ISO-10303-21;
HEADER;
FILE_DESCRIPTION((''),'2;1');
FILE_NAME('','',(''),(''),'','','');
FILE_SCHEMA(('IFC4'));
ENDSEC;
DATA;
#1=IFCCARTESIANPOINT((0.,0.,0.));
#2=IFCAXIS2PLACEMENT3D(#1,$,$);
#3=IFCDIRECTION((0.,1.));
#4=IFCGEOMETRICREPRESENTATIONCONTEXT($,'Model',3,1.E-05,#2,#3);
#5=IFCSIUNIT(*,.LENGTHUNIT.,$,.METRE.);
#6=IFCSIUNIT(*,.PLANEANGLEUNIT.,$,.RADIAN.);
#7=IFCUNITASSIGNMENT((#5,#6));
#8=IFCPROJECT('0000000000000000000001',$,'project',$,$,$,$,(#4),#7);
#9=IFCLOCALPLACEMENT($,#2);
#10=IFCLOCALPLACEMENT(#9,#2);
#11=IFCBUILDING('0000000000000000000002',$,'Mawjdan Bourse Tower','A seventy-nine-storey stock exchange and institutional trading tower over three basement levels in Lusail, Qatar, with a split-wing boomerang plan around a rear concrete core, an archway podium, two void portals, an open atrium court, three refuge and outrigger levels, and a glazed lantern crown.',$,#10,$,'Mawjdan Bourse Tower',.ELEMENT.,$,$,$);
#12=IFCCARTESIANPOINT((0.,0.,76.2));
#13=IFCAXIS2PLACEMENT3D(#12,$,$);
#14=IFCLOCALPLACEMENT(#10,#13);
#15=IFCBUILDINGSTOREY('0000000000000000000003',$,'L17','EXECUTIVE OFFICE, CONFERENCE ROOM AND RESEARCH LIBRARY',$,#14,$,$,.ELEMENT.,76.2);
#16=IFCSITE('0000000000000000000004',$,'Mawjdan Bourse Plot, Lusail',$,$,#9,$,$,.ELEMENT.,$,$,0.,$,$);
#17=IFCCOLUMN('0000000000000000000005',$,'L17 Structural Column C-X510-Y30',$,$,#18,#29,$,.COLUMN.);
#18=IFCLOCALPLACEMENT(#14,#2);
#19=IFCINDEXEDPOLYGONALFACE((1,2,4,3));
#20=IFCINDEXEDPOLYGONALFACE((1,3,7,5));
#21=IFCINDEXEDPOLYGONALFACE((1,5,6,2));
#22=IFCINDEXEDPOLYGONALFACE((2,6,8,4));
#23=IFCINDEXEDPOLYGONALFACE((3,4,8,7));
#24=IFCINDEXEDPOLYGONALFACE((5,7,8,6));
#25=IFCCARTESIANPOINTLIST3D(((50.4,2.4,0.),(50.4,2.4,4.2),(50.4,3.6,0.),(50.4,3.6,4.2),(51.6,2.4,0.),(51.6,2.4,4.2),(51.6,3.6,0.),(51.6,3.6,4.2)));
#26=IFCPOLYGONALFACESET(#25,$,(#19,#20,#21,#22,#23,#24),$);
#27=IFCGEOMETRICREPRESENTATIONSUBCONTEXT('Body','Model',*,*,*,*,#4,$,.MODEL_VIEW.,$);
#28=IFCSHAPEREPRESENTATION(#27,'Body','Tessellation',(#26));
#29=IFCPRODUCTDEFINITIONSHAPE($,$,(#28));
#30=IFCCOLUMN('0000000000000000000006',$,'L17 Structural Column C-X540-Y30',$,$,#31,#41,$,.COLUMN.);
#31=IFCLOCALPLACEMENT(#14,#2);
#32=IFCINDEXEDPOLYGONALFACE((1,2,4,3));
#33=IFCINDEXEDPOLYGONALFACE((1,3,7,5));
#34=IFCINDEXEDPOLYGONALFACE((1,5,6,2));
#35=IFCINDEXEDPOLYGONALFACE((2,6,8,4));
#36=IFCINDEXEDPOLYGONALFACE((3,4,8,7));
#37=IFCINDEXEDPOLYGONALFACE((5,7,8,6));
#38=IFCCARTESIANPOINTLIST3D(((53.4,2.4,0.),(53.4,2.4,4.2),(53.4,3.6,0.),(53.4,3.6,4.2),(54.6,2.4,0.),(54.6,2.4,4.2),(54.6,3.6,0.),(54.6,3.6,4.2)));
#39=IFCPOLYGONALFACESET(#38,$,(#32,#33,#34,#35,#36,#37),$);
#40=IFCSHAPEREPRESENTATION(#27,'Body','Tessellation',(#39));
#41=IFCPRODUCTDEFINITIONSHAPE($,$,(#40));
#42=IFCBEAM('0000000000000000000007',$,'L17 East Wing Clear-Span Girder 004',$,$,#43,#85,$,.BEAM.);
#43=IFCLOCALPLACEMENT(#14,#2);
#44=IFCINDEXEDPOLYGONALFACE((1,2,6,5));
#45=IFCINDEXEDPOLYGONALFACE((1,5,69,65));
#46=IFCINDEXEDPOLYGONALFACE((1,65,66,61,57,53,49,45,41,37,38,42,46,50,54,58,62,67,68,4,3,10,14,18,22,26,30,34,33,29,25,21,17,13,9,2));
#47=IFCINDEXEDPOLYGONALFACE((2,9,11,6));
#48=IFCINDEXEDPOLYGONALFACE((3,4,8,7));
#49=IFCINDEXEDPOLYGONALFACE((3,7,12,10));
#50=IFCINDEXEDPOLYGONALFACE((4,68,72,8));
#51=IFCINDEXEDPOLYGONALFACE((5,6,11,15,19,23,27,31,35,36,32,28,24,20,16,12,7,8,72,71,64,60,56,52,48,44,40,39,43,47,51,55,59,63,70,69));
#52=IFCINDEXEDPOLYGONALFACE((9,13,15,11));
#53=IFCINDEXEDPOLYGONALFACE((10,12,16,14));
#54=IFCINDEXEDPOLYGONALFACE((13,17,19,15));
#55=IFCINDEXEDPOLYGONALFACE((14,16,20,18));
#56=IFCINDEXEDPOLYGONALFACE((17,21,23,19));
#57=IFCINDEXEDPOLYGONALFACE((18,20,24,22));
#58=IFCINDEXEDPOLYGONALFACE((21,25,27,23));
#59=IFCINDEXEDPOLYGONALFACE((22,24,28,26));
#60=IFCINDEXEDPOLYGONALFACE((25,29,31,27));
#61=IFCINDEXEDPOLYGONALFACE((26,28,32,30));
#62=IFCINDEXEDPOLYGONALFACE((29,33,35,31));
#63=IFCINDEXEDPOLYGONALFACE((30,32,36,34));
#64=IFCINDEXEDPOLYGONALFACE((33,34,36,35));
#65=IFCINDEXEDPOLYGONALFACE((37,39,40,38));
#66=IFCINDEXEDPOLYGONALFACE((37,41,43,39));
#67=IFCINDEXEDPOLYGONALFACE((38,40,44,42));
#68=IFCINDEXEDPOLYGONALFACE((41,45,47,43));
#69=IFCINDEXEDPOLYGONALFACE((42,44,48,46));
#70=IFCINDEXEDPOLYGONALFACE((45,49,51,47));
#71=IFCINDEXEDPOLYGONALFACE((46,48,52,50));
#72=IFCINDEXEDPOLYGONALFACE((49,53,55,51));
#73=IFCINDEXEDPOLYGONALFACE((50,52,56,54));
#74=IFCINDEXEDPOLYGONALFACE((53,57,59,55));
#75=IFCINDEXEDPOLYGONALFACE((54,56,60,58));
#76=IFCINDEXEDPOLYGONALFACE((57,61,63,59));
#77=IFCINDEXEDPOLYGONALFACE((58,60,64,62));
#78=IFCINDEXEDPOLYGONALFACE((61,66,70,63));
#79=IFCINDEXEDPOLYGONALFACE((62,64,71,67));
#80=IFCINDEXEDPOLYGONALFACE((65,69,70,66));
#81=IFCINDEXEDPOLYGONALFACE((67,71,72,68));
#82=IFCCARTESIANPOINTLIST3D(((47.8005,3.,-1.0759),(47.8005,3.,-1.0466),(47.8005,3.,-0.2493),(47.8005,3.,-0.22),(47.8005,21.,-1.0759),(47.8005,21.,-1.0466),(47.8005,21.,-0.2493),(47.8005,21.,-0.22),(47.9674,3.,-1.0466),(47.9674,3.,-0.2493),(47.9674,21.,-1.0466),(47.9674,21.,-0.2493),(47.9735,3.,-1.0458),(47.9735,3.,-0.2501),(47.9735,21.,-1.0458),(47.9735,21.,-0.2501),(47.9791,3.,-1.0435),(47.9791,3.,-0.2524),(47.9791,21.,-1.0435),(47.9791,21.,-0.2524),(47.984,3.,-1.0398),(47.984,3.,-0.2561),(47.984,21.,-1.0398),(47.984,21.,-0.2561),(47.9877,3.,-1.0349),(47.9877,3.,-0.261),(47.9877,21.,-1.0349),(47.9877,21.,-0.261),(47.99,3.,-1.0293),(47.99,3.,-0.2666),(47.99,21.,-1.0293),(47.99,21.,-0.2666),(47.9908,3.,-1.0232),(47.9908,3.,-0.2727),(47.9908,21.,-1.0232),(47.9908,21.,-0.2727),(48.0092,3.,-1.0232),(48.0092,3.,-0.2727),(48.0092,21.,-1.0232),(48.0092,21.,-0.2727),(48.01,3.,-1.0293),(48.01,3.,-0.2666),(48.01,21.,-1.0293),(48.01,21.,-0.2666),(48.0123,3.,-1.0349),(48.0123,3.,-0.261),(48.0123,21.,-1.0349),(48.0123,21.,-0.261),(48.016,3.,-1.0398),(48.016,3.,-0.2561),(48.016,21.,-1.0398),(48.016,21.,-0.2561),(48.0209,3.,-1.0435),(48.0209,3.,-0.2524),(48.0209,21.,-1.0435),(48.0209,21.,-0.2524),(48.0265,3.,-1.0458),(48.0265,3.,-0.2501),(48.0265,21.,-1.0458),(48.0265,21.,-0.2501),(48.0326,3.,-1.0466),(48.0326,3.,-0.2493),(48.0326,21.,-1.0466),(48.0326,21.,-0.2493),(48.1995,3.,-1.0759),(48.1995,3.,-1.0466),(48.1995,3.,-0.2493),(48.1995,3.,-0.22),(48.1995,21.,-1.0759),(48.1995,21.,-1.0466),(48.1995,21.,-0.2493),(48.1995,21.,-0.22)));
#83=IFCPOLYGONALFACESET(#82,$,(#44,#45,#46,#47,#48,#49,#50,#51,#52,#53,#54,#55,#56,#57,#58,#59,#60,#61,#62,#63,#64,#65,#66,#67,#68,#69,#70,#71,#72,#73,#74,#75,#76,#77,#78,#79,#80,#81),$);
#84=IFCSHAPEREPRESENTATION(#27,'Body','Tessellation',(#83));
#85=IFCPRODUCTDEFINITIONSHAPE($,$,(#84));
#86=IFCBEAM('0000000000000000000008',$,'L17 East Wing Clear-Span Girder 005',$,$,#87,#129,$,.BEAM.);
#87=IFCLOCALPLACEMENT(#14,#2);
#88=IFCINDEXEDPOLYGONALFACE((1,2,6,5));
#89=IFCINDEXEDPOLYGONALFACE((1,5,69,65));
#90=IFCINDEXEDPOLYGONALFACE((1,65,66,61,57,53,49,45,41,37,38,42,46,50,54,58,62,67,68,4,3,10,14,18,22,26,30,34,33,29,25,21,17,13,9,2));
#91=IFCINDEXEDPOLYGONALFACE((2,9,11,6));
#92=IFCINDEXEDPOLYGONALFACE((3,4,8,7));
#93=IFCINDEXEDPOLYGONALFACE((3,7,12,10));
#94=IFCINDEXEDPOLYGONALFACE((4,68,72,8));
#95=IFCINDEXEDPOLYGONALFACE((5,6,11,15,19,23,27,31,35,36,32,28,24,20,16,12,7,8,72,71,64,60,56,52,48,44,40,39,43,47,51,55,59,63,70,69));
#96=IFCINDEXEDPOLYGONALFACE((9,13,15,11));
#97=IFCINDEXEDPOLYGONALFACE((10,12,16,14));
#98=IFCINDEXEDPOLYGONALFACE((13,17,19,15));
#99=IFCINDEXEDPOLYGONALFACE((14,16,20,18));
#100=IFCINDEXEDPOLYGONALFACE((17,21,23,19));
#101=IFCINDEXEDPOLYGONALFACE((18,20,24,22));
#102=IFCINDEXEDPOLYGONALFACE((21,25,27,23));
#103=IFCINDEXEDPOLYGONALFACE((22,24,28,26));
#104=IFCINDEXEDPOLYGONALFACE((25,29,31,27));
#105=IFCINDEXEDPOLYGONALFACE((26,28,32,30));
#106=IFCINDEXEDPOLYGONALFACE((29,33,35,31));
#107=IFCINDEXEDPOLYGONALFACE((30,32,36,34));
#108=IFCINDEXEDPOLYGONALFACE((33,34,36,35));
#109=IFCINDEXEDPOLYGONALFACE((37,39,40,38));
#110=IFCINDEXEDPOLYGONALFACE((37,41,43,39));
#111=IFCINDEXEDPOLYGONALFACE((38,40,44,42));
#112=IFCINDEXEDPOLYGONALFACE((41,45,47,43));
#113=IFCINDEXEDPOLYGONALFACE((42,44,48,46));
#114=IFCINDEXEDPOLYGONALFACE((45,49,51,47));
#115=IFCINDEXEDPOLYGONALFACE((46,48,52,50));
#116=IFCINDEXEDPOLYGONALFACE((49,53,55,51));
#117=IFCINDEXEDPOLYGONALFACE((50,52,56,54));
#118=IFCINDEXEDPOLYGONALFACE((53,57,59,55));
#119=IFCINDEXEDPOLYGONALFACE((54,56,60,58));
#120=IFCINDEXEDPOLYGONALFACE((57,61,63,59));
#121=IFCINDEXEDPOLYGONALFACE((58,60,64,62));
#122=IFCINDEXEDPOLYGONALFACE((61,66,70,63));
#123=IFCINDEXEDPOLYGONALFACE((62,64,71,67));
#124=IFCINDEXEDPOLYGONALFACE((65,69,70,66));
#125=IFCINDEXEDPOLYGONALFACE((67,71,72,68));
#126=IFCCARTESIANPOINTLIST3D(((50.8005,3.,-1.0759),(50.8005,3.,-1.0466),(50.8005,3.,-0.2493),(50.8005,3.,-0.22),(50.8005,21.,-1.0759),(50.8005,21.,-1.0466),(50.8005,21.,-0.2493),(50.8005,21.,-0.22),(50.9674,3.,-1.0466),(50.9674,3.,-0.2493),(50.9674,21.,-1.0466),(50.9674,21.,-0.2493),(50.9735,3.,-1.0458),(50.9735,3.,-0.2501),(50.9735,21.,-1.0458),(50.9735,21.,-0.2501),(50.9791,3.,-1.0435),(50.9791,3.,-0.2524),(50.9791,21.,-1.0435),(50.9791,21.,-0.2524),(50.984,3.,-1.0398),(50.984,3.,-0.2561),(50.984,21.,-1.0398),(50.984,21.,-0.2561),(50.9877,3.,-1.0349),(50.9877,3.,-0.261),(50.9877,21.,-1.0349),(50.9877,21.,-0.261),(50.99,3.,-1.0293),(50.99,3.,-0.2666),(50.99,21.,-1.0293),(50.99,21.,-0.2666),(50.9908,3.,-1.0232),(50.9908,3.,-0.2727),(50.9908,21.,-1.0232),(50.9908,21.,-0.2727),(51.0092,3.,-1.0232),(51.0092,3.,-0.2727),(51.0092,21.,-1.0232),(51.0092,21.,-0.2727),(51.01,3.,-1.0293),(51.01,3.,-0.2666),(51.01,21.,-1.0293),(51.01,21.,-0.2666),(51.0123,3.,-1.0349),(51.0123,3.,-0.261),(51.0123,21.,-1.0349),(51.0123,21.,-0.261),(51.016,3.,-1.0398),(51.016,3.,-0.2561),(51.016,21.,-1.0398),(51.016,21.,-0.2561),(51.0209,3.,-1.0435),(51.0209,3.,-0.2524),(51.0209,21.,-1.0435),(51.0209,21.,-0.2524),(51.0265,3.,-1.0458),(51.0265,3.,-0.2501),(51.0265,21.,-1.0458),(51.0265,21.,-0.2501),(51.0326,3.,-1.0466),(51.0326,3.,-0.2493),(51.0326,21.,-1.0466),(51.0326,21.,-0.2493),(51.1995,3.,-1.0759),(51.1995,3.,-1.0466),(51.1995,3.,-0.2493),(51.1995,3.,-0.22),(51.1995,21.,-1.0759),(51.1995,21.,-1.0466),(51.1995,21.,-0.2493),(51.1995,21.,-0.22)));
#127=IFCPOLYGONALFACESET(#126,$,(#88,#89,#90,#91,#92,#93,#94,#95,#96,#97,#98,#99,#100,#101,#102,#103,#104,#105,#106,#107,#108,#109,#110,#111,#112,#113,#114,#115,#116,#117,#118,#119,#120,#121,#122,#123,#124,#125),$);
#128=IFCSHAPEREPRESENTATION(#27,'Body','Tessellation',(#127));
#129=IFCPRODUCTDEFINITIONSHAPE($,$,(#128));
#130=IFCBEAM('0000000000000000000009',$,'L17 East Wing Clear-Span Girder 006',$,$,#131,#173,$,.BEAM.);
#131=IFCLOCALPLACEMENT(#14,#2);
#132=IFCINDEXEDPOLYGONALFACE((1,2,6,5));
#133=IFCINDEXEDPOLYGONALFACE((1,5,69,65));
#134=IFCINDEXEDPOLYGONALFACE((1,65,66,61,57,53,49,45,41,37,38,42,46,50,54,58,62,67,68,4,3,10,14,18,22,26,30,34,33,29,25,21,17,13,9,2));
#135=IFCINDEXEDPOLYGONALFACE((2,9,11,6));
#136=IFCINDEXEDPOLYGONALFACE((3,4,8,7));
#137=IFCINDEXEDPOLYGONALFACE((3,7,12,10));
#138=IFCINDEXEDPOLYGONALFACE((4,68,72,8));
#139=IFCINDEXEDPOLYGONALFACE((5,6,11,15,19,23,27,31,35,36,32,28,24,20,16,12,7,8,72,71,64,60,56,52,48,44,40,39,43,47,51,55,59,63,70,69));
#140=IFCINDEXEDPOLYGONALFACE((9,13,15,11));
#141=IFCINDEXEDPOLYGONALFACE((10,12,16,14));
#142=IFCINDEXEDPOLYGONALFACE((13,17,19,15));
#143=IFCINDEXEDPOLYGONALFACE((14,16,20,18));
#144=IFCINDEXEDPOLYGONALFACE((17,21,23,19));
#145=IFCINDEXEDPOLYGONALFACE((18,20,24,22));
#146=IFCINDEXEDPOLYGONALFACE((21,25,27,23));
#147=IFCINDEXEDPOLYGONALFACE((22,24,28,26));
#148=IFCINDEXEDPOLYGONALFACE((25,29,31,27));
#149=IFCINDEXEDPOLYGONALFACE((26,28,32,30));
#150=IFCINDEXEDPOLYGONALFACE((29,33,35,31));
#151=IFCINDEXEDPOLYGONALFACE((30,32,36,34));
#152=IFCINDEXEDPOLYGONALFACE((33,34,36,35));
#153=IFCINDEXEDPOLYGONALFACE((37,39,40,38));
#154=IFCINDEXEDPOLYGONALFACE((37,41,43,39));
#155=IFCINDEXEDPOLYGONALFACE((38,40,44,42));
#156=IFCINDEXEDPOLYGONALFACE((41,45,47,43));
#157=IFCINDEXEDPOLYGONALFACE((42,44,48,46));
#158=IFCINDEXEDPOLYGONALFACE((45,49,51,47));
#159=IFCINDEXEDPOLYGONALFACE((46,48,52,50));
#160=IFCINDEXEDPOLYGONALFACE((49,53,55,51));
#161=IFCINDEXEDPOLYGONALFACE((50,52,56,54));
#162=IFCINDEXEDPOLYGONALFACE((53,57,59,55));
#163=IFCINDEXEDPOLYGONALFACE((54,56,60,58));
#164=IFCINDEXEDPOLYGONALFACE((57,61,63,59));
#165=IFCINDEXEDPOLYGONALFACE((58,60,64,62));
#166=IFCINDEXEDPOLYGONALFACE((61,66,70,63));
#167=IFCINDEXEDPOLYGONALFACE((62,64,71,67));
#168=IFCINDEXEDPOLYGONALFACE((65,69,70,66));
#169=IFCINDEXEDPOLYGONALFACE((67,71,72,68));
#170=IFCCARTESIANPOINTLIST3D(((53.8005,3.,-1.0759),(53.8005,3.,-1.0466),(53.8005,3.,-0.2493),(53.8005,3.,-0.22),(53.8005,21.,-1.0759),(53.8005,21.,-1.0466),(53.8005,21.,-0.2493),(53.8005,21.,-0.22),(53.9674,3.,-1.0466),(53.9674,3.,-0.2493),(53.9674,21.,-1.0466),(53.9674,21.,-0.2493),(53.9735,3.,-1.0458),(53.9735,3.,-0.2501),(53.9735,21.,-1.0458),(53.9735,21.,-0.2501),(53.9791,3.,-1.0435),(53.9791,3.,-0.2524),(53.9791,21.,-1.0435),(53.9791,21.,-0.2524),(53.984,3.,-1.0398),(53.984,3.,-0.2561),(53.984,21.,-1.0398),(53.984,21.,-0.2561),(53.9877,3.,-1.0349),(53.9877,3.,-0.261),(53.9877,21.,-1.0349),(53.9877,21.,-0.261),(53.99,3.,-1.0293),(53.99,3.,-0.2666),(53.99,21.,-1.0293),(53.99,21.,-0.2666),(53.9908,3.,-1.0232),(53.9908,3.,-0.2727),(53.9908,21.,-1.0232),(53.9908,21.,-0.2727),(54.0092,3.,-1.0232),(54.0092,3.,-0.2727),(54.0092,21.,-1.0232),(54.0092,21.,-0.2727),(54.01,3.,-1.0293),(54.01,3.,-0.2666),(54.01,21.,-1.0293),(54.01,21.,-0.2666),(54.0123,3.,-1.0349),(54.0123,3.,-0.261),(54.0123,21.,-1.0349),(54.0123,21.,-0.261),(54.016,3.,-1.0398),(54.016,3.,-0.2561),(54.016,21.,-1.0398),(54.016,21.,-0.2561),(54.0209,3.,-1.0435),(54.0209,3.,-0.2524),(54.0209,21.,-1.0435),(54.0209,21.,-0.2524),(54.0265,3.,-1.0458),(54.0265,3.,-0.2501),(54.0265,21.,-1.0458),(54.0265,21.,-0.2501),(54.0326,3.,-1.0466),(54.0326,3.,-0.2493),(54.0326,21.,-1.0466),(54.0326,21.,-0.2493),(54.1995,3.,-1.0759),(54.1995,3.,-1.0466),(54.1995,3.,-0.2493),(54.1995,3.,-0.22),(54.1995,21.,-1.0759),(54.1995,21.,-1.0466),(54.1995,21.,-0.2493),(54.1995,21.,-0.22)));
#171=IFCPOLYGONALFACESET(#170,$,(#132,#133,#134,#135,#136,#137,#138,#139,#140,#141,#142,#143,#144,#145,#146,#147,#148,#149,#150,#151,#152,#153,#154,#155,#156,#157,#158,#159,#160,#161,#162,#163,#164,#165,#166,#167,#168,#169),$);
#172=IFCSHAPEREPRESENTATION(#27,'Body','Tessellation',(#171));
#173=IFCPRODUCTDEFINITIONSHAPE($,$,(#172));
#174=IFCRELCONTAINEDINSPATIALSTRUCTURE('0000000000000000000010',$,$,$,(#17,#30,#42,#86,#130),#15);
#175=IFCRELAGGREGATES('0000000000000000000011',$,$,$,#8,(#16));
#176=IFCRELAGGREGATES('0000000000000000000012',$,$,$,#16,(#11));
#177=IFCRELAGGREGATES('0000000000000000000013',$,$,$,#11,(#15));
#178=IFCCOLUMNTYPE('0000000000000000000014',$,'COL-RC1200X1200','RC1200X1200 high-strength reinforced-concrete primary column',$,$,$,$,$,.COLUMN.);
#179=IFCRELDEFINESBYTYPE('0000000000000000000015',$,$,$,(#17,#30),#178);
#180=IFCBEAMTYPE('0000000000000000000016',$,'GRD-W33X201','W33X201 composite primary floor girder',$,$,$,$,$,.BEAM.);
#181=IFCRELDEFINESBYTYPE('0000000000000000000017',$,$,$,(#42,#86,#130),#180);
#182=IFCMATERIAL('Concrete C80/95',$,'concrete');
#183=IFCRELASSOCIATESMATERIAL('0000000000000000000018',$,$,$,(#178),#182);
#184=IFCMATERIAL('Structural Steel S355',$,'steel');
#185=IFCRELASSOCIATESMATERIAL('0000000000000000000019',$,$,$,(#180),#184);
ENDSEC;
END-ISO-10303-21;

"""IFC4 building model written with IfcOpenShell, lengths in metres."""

from ifc_helpers import new_model, si_unit, direction, frame, origin, origin_2d, place, context, subcontext, project, spatial, rectangle, i_section, extrude, material, material_profile, profile_set, type_object, element, save


model = new_model("IFC4")

# Units and contexts
model_context = context("Model", 3, precision=1e-05, world=origin(), true_north=direction((0.0, 1.0)))
body_context = subcontext(model_context, "Body", "Model", "MODEL_VIEW")
ifc_project = project(units=[si_unit("LENGTHUNIT", "METRE"), si_unit("PLANEANGLEUNIT", "RADIAN")], contexts=[model_context])

# Site, building, storey
site_placement = place(None, origin())
site = spatial("IfcSite", under=ifc_project, at=site_placement, Name="Mawjdan Bourse Plot, Lusail", CompositionType="ELEMENT", RefElevation=0.0)
building_placement = place(site_placement, origin())
building = spatial("IfcBuilding", under=site, at=building_placement, Name="Mawjdan Bourse Tower", Description="A seventy-nine-storey stock exchange and institutional trading tower over three basement levels in Lusail, Qatar, with a split-wing boomerang plan around a rear concrete core, an archway podium, two void portals, an open atrium court, three refuge and outrigger levels, and a glazed lantern crown.", LongName="Mawjdan Bourse Tower", CompositionType="ELEMENT")
storey_placement = place(building_placement, frame((0.0, 0.0, 76.2)))
storey = spatial("IfcBuildingStorey", under=building, at=storey_placement, Name="L17", Description="EXECUTIVE OFFICE, CONFERENCE ROOM AND RESEARCH LIBRARY", CompositionType="ELEMENT", Elevation=76.2)

# Columns
ifc_material_1 = material(Name="Concrete C80/95", Category="concrete")
ifc_material_profile_1 = material_profile(ifc_material_1, rectangle(XDim=1.2, YDim=1.2, at=origin_2d()), Name="RC1200X1200")
ifc_profile_set_1 = profile_set([ifc_material_profile_1], Name="Concrete C80/95")
column_type = type_object("IfcColumnType", Name="COL-RC1200X1200", Description="RC1200X1200 high-strength reinforced-concrete primary column", PredefinedType="COLUMN", material=ifc_profile_set_1)
for number, where, z_axis, x_axis, name in (
    (1, (51.0, 3.0, 0.0), (0.0, 0.0, 1.0), (1.0, 0.0, 0.0), "L17 Structural Column C-X510-Y30"),
    (2, (54.0, 3.0, 0.0), (0.0, 0.0, 1.0), (1.0, 0.0, 0.0), "L17 Structural Column C-X540-Y30"),
):
    element("IfcColumn", number, at=place(storey_placement, frame(where, z_axis=z_axis, x_axis=x_axis)), inside=storey, type_object=column_type, Name=name, PredefinedType="COLUMN", context=body_context, shape_type="SweptSolid", body=[
        extrude(rectangle(XDim=1.2, YDim=1.2, at=origin_2d()), origin(), (0.0, 0.0, 1.0), 4.2),
    ])

# Beams
ifc_material_2 = material(Name="Structural Steel S355", Category="steel")
ifc_material_profile_2 = material_profile(ifc_material_2, i_section(OverallWidth=0.3989, OverallDepth=0.856, WebThickness=0.0183, FlangeThickness=0.0293, FilletRadius=0.0234, at=origin_2d()), Name="W33X201")
ifc_profile_set_2 = profile_set([ifc_material_profile_2], Name="Structural Steel S355")
beam_type_1 = type_object("IfcBeamType", Name="GRD-W33X201", Description="W33X201 composite primary floor girder", PredefinedType="BEAM", material=ifc_profile_set_2)
for number, where, z_axis, x_axis, name in (
    (3, (48.0, 3.0, -0.6479), (0.0, 1.0, 0.0), (-1.0, 0.0, 0.0), "L17 East Wing Clear-Span Girder 004"),
    (4, (51.0, 3.0, -0.6479), (0.0, 1.0, 0.0), (-1.0, 0.0, 0.0), "L17 East Wing Clear-Span Girder 005"),
    (5, (54.0, 3.0, -0.6479), (0.0, 1.0, 0.0), (-1.0, 0.0, 0.0), "L17 East Wing Clear-Span Girder 006"),
):
    element("IfcBeam", number, at=place(storey_placement, frame(where, z_axis=z_axis, x_axis=x_axis)), inside=storey, type_object=beam_type_1, Name=name, PredefinedType="BEAM", context=body_context, shape_type="SweptSolid", body=[
        extrude(i_section(OverallWidth=0.3989, OverallDepth=0.856, WebThickness=0.0183, FlangeThickness=0.0293, FilletRadius=0.0234, at=origin_2d()), origin(), (0.0, 0.0, 1.0), 18.0),
    ])

save(model, "model.ifc")
